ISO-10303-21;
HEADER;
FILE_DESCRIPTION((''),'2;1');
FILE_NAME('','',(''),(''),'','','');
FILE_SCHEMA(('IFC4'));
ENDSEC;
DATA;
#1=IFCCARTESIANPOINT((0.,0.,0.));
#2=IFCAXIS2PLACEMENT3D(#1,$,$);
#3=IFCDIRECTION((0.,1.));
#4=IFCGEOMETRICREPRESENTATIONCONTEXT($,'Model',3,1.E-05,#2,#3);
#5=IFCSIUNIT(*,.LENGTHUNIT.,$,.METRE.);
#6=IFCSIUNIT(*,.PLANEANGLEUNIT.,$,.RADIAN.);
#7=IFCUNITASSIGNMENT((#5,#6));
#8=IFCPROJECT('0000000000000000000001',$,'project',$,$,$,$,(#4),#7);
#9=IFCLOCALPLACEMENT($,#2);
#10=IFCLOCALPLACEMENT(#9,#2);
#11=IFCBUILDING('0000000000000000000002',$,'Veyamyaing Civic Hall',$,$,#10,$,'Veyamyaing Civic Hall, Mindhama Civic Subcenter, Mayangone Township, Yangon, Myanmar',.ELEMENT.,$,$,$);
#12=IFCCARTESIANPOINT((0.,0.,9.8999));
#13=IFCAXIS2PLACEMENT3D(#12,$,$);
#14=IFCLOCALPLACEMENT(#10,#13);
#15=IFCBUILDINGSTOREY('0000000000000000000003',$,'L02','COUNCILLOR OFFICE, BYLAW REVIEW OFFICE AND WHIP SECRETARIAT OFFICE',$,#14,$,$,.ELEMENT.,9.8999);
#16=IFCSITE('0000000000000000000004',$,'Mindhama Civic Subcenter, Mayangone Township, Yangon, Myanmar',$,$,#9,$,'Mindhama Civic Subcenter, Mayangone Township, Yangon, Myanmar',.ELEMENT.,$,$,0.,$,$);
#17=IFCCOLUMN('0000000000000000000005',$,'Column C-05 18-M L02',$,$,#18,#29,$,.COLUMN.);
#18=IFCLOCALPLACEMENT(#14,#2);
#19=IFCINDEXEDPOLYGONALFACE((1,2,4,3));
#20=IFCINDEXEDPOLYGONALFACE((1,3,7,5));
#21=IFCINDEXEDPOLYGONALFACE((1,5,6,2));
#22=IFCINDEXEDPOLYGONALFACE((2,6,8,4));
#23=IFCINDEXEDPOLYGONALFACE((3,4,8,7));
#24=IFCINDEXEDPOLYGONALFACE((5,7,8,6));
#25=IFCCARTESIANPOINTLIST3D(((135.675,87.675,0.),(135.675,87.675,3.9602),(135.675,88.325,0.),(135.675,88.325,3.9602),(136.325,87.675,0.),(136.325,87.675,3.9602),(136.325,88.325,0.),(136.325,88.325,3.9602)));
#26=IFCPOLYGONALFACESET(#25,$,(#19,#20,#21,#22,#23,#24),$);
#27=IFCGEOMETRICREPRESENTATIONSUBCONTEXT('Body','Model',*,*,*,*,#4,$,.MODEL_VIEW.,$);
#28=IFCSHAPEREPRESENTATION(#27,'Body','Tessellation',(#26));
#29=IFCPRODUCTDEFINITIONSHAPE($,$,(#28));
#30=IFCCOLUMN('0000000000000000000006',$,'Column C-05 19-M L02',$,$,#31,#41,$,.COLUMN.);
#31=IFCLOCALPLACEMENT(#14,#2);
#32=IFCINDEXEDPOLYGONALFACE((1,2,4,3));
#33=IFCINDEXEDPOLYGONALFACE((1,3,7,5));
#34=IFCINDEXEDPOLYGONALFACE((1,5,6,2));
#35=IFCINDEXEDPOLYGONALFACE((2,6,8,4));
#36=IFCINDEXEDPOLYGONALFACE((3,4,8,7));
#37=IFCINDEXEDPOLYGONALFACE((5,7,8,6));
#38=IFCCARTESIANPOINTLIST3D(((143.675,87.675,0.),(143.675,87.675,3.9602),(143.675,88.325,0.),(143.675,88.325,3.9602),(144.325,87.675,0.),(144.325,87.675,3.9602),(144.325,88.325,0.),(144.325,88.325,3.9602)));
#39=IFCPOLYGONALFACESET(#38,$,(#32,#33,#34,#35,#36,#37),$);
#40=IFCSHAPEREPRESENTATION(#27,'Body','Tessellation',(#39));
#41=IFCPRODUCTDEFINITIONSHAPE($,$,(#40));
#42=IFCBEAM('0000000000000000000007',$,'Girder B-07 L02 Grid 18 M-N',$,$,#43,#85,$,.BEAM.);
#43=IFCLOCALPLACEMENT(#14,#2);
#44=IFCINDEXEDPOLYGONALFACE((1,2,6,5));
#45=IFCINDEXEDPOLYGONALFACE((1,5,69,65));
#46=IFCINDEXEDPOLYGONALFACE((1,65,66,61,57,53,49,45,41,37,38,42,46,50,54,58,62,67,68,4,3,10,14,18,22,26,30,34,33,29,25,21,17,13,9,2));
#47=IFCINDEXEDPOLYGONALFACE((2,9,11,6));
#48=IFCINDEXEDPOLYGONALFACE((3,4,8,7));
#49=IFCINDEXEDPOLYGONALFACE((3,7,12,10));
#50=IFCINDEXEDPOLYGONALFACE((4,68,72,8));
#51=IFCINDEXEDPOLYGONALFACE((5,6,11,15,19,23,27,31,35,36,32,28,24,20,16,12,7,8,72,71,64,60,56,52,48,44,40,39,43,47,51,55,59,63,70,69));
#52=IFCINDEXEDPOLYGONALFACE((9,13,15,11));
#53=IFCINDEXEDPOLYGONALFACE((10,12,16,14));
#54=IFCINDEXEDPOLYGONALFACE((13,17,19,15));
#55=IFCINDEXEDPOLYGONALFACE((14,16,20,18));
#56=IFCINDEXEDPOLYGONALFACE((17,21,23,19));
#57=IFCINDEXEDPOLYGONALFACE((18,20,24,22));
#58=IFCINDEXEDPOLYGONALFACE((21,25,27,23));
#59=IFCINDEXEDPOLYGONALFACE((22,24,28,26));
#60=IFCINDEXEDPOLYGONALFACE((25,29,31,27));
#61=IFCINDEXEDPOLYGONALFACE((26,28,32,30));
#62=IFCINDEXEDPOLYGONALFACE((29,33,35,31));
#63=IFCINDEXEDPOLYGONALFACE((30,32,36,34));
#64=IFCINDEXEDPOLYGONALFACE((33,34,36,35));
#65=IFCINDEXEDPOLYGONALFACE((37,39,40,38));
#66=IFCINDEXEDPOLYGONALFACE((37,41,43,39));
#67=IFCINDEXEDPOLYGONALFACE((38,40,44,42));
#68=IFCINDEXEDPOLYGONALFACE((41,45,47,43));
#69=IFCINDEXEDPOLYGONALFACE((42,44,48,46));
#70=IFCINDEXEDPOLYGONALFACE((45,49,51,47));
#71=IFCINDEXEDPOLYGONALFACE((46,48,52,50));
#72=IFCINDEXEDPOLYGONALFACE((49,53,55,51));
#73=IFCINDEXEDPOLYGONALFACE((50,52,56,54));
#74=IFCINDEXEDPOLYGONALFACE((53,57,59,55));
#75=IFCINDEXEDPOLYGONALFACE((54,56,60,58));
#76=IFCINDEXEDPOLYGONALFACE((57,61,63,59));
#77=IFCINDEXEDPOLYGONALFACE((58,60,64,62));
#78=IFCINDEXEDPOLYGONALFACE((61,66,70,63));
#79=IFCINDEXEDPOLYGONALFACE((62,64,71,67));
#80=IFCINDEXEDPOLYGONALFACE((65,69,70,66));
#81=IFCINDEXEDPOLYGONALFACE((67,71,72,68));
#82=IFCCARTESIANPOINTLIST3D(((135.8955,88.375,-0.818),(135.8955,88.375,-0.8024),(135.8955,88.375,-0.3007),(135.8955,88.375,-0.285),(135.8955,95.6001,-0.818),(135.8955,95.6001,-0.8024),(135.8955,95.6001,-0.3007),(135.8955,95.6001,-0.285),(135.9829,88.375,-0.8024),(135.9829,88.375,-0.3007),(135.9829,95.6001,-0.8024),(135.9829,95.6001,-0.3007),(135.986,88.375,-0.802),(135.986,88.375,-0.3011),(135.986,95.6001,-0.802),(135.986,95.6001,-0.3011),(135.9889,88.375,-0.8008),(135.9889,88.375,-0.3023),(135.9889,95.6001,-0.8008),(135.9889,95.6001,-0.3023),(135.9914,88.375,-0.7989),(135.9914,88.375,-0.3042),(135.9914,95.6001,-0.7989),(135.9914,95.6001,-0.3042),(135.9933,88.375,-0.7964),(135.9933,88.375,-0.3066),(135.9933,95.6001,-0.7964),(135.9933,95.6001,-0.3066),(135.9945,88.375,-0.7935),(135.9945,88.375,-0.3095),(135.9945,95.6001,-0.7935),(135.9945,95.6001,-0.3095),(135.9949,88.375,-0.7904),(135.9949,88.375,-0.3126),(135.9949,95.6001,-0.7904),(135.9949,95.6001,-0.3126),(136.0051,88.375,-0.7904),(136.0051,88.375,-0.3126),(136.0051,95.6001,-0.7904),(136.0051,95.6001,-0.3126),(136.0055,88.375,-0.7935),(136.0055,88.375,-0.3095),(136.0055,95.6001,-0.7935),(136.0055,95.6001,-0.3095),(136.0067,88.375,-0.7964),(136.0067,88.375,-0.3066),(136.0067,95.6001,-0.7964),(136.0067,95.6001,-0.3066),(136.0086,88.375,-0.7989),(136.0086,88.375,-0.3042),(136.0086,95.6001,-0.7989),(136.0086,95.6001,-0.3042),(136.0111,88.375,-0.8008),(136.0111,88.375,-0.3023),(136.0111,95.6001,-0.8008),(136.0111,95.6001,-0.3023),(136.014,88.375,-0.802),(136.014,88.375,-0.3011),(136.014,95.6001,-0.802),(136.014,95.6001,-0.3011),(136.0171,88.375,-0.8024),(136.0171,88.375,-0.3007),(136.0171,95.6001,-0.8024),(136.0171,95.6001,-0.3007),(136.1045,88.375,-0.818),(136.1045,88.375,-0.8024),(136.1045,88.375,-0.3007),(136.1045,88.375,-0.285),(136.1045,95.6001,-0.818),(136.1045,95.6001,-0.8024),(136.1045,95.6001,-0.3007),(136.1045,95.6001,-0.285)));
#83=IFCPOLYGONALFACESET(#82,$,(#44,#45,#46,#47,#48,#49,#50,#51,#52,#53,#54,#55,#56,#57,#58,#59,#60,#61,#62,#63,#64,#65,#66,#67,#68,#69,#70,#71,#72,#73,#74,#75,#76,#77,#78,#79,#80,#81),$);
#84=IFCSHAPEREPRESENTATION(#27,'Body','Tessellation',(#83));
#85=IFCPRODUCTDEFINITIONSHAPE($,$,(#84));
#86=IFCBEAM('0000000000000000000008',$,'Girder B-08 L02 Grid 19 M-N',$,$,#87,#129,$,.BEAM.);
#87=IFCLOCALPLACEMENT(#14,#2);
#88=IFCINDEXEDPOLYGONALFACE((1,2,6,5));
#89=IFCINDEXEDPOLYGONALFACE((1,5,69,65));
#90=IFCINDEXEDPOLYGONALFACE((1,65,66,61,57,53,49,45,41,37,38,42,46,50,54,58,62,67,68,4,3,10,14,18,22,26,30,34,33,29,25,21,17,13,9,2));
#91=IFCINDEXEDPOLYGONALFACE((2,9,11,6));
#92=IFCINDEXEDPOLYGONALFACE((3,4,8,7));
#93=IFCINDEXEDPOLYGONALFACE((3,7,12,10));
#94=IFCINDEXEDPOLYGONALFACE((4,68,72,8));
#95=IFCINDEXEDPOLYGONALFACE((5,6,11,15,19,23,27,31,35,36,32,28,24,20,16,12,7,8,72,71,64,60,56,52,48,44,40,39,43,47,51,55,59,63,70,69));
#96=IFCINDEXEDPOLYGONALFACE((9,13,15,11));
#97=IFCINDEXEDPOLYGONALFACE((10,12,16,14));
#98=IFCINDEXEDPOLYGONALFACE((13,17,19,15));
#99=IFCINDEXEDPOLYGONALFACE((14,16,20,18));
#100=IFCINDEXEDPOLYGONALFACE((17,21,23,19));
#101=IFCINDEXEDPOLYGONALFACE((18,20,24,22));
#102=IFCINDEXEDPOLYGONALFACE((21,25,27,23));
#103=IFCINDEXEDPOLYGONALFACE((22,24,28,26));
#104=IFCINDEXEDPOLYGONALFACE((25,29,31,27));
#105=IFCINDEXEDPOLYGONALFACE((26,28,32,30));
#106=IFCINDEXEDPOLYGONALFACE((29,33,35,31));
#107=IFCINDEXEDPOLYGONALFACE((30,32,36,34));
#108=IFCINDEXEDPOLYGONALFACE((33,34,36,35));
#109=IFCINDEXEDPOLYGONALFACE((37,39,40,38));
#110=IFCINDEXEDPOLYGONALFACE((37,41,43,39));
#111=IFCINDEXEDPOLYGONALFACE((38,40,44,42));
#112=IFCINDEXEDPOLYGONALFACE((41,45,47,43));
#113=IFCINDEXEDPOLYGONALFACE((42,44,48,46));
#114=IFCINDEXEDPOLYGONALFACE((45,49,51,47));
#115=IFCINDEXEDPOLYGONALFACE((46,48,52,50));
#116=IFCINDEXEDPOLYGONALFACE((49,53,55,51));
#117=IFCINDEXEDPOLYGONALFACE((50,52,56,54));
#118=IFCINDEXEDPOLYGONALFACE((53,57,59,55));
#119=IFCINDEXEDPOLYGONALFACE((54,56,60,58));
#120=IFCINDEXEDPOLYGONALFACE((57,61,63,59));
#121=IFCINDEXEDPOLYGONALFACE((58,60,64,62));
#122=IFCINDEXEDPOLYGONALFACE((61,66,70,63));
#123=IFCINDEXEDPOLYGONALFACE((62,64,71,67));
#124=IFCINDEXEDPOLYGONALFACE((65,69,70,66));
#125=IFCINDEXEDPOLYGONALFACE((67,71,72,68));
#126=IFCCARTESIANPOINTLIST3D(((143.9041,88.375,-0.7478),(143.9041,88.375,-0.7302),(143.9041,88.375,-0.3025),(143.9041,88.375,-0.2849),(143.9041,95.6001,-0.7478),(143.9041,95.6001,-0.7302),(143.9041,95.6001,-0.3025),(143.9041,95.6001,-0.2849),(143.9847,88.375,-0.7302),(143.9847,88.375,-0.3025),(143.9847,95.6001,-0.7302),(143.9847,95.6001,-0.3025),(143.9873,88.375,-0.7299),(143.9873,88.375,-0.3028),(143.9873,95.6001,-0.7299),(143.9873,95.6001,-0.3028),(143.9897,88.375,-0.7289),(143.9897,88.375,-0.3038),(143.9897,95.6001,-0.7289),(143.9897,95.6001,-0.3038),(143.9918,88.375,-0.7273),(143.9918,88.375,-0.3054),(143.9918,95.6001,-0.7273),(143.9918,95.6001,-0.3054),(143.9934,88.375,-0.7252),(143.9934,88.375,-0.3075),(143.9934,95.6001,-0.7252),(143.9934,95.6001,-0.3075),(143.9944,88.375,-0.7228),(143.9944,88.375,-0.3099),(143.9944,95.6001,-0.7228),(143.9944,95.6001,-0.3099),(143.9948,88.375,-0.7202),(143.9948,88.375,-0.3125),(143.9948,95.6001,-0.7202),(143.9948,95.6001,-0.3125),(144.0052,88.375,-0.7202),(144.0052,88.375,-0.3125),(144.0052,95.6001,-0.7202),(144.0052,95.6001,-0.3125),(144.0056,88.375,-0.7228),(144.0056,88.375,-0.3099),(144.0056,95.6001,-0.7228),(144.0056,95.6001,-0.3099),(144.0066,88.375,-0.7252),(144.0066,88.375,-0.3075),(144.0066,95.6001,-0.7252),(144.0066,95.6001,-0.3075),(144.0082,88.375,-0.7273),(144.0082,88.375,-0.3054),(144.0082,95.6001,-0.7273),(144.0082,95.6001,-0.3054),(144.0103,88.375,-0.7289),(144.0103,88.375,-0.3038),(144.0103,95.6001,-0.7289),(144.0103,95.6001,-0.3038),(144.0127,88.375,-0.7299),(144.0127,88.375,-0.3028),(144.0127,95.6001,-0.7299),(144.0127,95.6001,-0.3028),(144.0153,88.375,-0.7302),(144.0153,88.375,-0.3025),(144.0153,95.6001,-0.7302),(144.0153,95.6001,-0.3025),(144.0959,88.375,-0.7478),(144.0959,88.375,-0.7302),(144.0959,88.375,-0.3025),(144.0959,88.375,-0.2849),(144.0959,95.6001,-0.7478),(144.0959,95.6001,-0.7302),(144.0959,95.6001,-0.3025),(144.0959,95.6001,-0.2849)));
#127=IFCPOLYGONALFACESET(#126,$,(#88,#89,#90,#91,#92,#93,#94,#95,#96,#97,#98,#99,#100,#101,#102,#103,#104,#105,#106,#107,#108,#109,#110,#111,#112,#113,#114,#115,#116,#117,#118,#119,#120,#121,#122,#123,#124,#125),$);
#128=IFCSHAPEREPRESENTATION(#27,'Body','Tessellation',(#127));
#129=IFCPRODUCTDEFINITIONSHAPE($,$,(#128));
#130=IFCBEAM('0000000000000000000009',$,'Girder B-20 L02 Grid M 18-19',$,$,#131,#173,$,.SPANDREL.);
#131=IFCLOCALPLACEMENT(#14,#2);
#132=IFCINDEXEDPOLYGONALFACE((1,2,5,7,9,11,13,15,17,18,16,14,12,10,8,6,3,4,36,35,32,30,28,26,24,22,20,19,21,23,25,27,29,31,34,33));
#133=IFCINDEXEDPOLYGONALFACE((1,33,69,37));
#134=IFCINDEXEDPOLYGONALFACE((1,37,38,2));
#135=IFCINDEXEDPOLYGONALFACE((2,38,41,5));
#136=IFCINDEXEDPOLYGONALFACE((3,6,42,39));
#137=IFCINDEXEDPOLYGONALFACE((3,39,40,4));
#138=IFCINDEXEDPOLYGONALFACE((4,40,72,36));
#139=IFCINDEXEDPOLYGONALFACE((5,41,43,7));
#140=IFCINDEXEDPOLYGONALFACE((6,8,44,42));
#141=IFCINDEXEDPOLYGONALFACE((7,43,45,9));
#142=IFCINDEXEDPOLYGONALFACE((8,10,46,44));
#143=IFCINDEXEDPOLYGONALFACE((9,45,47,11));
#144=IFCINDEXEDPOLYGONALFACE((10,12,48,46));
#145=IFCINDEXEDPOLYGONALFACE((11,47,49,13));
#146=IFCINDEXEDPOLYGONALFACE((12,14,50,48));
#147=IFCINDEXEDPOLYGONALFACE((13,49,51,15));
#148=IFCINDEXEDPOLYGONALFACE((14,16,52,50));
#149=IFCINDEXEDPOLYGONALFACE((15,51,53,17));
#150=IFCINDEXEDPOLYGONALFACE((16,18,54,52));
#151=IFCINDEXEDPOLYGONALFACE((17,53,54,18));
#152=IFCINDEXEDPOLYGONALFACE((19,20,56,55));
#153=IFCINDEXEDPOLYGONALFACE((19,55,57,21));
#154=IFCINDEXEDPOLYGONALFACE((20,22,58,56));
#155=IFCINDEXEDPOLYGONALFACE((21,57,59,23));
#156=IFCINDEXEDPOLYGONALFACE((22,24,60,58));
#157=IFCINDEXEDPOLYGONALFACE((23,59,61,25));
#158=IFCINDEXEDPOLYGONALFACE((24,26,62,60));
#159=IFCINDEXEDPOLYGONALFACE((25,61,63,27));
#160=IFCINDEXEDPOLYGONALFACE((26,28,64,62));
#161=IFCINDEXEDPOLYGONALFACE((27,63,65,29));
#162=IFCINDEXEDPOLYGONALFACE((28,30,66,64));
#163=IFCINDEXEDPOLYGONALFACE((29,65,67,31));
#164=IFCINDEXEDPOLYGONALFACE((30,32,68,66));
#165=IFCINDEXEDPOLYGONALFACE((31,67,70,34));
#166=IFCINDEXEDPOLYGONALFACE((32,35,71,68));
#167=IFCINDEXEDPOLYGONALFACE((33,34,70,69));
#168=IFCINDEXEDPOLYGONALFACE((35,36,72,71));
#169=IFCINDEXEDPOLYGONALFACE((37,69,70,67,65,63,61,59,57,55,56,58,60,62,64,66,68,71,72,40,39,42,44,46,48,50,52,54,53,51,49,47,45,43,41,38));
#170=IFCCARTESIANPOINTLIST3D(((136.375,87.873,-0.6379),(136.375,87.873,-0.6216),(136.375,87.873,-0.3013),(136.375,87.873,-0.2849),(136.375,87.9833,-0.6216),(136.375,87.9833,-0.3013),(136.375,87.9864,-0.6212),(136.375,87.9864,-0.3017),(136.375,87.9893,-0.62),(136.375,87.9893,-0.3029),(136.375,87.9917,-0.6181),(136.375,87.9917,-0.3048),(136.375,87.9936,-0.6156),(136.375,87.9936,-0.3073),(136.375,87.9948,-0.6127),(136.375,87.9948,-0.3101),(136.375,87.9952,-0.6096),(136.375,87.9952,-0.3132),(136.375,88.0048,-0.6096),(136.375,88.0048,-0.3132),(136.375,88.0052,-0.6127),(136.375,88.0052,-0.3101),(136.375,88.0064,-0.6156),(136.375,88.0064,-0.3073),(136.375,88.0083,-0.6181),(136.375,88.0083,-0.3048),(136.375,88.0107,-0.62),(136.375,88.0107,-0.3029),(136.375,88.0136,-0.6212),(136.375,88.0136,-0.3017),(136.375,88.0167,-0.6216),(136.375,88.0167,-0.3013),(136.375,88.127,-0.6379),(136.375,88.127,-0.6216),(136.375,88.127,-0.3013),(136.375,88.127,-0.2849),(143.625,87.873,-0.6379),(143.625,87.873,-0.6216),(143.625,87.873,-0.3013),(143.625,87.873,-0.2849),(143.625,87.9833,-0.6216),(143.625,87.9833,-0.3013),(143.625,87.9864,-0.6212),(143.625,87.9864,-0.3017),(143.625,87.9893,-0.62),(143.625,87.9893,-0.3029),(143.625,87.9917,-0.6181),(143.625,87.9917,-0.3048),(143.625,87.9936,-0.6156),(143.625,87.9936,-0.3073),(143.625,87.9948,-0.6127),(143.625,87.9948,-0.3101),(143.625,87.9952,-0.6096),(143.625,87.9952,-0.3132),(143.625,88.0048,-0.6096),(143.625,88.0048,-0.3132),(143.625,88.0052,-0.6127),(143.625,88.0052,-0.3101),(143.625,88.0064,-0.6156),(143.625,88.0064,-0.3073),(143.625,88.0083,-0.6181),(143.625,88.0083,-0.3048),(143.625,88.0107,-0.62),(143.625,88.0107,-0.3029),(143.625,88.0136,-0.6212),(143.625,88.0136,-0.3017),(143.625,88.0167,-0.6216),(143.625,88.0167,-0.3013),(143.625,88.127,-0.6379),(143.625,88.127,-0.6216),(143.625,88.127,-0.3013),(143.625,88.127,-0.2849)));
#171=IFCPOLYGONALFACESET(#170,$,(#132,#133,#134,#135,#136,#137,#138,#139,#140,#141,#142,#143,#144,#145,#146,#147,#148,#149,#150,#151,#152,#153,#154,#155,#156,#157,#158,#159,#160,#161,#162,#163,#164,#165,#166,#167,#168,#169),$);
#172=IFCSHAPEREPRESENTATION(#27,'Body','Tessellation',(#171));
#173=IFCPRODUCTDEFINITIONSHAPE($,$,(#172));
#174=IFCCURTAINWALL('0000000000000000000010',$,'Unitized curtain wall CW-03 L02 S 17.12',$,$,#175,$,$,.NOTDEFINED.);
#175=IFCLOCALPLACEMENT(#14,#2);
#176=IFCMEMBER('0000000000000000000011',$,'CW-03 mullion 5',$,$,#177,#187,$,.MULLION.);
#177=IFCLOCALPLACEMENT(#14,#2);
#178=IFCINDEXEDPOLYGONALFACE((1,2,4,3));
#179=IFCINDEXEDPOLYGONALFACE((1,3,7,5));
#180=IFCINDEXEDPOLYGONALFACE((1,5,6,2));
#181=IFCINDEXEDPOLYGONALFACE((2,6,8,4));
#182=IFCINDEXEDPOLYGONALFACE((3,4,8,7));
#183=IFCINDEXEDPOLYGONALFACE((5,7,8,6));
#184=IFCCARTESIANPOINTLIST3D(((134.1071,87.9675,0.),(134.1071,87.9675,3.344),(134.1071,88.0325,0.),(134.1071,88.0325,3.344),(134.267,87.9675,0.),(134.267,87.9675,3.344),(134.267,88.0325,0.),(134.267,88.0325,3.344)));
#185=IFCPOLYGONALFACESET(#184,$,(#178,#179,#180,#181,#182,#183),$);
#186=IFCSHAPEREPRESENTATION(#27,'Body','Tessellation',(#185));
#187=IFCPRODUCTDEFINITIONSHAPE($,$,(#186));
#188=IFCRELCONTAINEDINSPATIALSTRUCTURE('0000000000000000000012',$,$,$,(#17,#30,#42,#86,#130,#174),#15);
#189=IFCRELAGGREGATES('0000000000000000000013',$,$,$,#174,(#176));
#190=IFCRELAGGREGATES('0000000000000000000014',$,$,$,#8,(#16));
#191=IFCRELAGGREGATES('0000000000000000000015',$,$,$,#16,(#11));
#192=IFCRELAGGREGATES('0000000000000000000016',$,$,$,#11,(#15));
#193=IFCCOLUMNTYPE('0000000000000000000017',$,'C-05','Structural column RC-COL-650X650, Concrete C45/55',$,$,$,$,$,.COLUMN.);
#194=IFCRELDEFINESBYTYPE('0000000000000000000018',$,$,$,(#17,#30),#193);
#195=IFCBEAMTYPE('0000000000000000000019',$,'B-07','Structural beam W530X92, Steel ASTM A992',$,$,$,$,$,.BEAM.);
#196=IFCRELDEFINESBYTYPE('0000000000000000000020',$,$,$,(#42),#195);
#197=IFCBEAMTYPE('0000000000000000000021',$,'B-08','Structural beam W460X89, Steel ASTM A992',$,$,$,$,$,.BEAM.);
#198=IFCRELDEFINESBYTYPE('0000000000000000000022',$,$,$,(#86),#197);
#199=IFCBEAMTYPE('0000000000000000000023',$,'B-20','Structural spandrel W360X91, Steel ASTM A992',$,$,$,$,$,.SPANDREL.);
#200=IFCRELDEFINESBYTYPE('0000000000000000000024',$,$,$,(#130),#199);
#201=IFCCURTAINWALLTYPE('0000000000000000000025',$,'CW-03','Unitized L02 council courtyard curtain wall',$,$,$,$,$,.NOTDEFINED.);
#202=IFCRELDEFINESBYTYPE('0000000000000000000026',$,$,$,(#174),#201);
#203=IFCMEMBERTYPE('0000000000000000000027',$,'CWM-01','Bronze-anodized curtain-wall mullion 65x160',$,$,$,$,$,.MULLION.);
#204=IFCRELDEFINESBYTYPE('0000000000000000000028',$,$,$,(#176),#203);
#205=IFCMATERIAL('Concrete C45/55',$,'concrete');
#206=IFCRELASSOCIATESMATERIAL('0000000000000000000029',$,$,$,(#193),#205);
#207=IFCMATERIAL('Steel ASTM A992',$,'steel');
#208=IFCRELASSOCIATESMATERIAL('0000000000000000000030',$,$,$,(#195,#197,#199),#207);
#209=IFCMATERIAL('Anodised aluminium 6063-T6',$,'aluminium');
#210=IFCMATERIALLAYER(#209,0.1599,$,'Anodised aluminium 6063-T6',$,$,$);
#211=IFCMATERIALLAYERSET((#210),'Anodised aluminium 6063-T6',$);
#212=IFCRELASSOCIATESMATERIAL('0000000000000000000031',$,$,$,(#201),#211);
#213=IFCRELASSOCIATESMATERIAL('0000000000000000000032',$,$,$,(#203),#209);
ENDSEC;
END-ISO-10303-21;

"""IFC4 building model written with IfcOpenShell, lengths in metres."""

from ifc_helpers import new_model, si_unit, direction, frame, origin, origin_2d, place, context, subcontext, project, spatial, rectangle, i_section, extrude, material, layer, layer_set, material_profile, profile_set, type_object, element, aggregate, save


model = new_model("IFC4")

# Units and contexts
model_context = context("Model", 3, precision=1e-05, world=origin(), true_north=direction((0.0, 1.0)))
body_context = subcontext(model_context, "Body", "Model", "MODEL_VIEW")
ifc_project = project(units=[si_unit("LENGTHUNIT", "METRE"), si_unit("PLANEANGLEUNIT", "RADIAN")], contexts=[model_context])

# Site, building, storey
site_placement = place(None, origin())
site = spatial("IfcSite", under=ifc_project, at=site_placement, Name="Mindhama Civic Subcenter, Mayangone Township, Yangon, Myanmar", LongName="Mindhama Civic Subcenter, Mayangone Township, Yangon, Myanmar", CompositionType="ELEMENT", RefElevation=0.0)
building_placement = place(site_placement, origin())
building = spatial("IfcBuilding", under=site, at=building_placement, Name="Veyamyaing Civic Hall", LongName="Veyamyaing Civic Hall, Mindhama Civic Subcenter, Mayangone Township, Yangon, Myanmar", CompositionType="ELEMENT")
storey_placement = place(building_placement, frame((0.0, 0.0, 9.8999)))
storey = spatial("IfcBuildingStorey", under=building, at=storey_placement, Name="L02", Description="COUNCILLOR OFFICE, BYLAW REVIEW OFFICE AND WHIP SECRETARIAT OFFICE", CompositionType="ELEMENT", Elevation=9.8999)

# Columns
ifc_material_1 = material(Name="Concrete C45/55", Category="concrete")
ifc_material_profile_1 = material_profile(ifc_material_1, rectangle(XDim=0.6499, YDim=0.6499, at=origin_2d()), Name="RC-COL-650X650")
ifc_profile_set_1 = profile_set([ifc_material_profile_1], Name="Concrete C45/55")
column_type = type_object("IfcColumnType", Name="C-05", Description="Structural column RC-COL-650X650, Concrete C45/55", PredefinedType="COLUMN", material=ifc_profile_set_1)
for number, where, z_axis, x_axis, name in (
    (1, (136.0, 88.0, 0.0), (0.0, 0.0, 1.0), (1.0, 0.0, 0.0), "Column C-05 18-M L02"),
    (2, (144.0, 88.0, 0.0), (0.0, 0.0, 1.0), (1.0, 0.0, 0.0), "Column C-05 19-M L02"),
):
    element("IfcColumn", number, at=place(storey_placement, frame(where, z_axis=z_axis, x_axis=x_axis)), inside=storey, type_object=column_type, Name=name, PredefinedType="COLUMN", context=body_context, shape_type="SweptSolid", body=[
        extrude(rectangle(XDim=0.6499, YDim=0.6499, at=origin_2d()), origin(), (0.0, 0.0, 1.0), 3.9602),
    ])

# Beams
ifc_material_2 = material(Name="Steel ASTM A992", Category="steel")
ifc_material_profile_2 = material_profile(ifc_material_2, i_section(OverallWidth=0.209, OverallDepth=0.533, WebThickness=0.0103, FlangeThickness=0.0156, FilletRadius=0.012, at=origin_2d()), Name="W530X92")
ifc_profile_set_2 = profile_set([ifc_material_profile_2], Name="Steel ASTM A992")
beam_type_1 = type_object("IfcBeamType", Name="B-07", Description="Structural beam W530X92, Steel ASTM A992", PredefinedType="BEAM", material=ifc_profile_set_2)
beam_1_placement = place(storey_placement, frame((136.0, 88.375, -0.5515), z_axis=(0.0, 1.0, 0.0), x_axis=(-1.0, 0.0, 0.0)))
element("IfcBeam", 3, at=beam_1_placement, inside=storey, type_object=beam_type_1, Name="Girder B-07 L02 Grid 18 M-N", PredefinedType="BEAM", context=body_context, shape_type="SweptSolid", body=[
    extrude(i_section(OverallWidth=0.209, OverallDepth=0.533, WebThickness=0.0103, FlangeThickness=0.0156, FilletRadius=0.012, at=origin_2d()), origin(), (0.0, 0.0, 1.0), 7.2251),
])
ifc_material_profile_3 = material_profile(ifc_material_2, i_section(OverallWidth=0.1919, OverallDepth=0.4629, WebThickness=0.0105, FlangeThickness=0.0176, FilletRadius=0.01, at=origin_2d()), Name="W460X89")
ifc_profile_set_3 = profile_set([ifc_material_profile_3], Name="Steel ASTM A992")
beam_type_2 = type_object("IfcBeamType", Name="B-08", Description="Structural beam W460X89, Steel ASTM A992", PredefinedType="BEAM", material=ifc_profile_set_3)
beam_2_placement = place(storey_placement, frame((144.0, 88.375, -0.5164), z_axis=(0.0, 1.0, 0.0), x_axis=(-1.0, 0.0, 0.0)))
element("IfcBeam", 4, at=beam_2_placement, inside=storey, type_object=beam_type_2, Name="Girder B-08 L02 Grid 19 M-N", PredefinedType="BEAM", context=body_context, shape_type="SweptSolid", body=[
    extrude(i_section(OverallWidth=0.1919, OverallDepth=0.4629, WebThickness=0.0105, FlangeThickness=0.0176, FilletRadius=0.01, at=origin_2d()), origin(), (0.0, 0.0, 1.0), 7.2251),
])
ifc_material_profile_4 = material_profile(ifc_material_2, i_section(OverallWidth=0.2539, OverallDepth=0.353, WebThickness=0.0095, FlangeThickness=0.0164, FilletRadius=0.012, at=origin_2d()), Name="W360X91")
ifc_profile_set_4 = profile_set([ifc_material_profile_4], Name="Steel ASTM A992")
beam_type_3 = type_object("IfcBeamType", Name="B-20", Description="Structural spandrel W360X91, Steel ASTM A992", PredefinedType="SPANDREL", material=ifc_profile_set_4)
beam_3_placement = place(storey_placement, frame((136.375, 88.0, -0.4614), z_axis=(1.0, 0.0, 0.0), x_axis=(0.0, 1.0, 0.0)))
element("IfcBeam", 5, at=beam_3_placement, inside=storey, type_object=beam_type_3, Name="Girder B-20 L02 Grid M 18-19", PredefinedType="SPANDREL", context=body_context, shape_type="SweptSolid", body=[
    extrude(i_section(OverallWidth=0.2539, OverallDepth=0.353, WebThickness=0.0095, FlangeThickness=0.0164, FilletRadius=0.012, at=origin_2d()), origin(), (0.0, 0.0, 1.0), 7.25),
])

# Curtain wall, member
ifc_material_3 = material(Name="Anodised aluminium 6063-T6", Category="aluminium")
ifc_layer_1 = layer(ifc_material_3, 0.1599, Name="Anodised aluminium 6063-T6")
ifc_layer_set_1 = layer_set([ifc_layer_1], Name="Anodised aluminium 6063-T6")
curtain_wall_type = type_object("IfcCurtainWallType", Name="CW-03", Description="Unitized L02 council courtyard curtain wall", PredefinedType="NOTDEFINED", material=ifc_layer_set_1)
curtain_wall_placement = place(storey_placement, origin())
curtain_wall = element("IfcCurtainWall", 6, at=curtain_wall_placement, inside=storey, type_object=curtain_wall_type, Name="Unitized curtain wall CW-03 L02 S 17.12", PredefinedType="NOTDEFINED")
ifc_material_profile_5 = material_profile(ifc_material_3, rectangle(XDim=0.0649, YDim=0.1599, at=origin_2d()), Name="ALU-MUL-65X160")
ifc_profile_set_5 = profile_set([ifc_material_profile_5], Name="Anodised aluminium 6063-T6")
member_type_1 = type_object("IfcMemberType", Name="CWM-01", Description="Bronze-anodized curtain-wall mullion 65x160", PredefinedType="MULLION", material=ifc_profile_set_5)
member_1_placement = place(storey_placement, frame((134.187, 88.0, 0.0), z_axis=(0.0, 0.0, 1.0), x_axis=(0.0, 1.0, 0.0)))
member_1 = element("IfcMember", 7, at=member_1_placement, type_object=member_type_1, Name="CW-03 mullion 5", PredefinedType="MULLION", context=body_context, shape_type="SweptSolid", body=[
    extrude(rectangle(XDim=0.0649, YDim=0.1599, at=origin_2d()), origin(), (0.0, 0.0, 1.0), 3.344),
])

aggregate(curtain_wall, [member_1])

save(model, "model.ifc")
